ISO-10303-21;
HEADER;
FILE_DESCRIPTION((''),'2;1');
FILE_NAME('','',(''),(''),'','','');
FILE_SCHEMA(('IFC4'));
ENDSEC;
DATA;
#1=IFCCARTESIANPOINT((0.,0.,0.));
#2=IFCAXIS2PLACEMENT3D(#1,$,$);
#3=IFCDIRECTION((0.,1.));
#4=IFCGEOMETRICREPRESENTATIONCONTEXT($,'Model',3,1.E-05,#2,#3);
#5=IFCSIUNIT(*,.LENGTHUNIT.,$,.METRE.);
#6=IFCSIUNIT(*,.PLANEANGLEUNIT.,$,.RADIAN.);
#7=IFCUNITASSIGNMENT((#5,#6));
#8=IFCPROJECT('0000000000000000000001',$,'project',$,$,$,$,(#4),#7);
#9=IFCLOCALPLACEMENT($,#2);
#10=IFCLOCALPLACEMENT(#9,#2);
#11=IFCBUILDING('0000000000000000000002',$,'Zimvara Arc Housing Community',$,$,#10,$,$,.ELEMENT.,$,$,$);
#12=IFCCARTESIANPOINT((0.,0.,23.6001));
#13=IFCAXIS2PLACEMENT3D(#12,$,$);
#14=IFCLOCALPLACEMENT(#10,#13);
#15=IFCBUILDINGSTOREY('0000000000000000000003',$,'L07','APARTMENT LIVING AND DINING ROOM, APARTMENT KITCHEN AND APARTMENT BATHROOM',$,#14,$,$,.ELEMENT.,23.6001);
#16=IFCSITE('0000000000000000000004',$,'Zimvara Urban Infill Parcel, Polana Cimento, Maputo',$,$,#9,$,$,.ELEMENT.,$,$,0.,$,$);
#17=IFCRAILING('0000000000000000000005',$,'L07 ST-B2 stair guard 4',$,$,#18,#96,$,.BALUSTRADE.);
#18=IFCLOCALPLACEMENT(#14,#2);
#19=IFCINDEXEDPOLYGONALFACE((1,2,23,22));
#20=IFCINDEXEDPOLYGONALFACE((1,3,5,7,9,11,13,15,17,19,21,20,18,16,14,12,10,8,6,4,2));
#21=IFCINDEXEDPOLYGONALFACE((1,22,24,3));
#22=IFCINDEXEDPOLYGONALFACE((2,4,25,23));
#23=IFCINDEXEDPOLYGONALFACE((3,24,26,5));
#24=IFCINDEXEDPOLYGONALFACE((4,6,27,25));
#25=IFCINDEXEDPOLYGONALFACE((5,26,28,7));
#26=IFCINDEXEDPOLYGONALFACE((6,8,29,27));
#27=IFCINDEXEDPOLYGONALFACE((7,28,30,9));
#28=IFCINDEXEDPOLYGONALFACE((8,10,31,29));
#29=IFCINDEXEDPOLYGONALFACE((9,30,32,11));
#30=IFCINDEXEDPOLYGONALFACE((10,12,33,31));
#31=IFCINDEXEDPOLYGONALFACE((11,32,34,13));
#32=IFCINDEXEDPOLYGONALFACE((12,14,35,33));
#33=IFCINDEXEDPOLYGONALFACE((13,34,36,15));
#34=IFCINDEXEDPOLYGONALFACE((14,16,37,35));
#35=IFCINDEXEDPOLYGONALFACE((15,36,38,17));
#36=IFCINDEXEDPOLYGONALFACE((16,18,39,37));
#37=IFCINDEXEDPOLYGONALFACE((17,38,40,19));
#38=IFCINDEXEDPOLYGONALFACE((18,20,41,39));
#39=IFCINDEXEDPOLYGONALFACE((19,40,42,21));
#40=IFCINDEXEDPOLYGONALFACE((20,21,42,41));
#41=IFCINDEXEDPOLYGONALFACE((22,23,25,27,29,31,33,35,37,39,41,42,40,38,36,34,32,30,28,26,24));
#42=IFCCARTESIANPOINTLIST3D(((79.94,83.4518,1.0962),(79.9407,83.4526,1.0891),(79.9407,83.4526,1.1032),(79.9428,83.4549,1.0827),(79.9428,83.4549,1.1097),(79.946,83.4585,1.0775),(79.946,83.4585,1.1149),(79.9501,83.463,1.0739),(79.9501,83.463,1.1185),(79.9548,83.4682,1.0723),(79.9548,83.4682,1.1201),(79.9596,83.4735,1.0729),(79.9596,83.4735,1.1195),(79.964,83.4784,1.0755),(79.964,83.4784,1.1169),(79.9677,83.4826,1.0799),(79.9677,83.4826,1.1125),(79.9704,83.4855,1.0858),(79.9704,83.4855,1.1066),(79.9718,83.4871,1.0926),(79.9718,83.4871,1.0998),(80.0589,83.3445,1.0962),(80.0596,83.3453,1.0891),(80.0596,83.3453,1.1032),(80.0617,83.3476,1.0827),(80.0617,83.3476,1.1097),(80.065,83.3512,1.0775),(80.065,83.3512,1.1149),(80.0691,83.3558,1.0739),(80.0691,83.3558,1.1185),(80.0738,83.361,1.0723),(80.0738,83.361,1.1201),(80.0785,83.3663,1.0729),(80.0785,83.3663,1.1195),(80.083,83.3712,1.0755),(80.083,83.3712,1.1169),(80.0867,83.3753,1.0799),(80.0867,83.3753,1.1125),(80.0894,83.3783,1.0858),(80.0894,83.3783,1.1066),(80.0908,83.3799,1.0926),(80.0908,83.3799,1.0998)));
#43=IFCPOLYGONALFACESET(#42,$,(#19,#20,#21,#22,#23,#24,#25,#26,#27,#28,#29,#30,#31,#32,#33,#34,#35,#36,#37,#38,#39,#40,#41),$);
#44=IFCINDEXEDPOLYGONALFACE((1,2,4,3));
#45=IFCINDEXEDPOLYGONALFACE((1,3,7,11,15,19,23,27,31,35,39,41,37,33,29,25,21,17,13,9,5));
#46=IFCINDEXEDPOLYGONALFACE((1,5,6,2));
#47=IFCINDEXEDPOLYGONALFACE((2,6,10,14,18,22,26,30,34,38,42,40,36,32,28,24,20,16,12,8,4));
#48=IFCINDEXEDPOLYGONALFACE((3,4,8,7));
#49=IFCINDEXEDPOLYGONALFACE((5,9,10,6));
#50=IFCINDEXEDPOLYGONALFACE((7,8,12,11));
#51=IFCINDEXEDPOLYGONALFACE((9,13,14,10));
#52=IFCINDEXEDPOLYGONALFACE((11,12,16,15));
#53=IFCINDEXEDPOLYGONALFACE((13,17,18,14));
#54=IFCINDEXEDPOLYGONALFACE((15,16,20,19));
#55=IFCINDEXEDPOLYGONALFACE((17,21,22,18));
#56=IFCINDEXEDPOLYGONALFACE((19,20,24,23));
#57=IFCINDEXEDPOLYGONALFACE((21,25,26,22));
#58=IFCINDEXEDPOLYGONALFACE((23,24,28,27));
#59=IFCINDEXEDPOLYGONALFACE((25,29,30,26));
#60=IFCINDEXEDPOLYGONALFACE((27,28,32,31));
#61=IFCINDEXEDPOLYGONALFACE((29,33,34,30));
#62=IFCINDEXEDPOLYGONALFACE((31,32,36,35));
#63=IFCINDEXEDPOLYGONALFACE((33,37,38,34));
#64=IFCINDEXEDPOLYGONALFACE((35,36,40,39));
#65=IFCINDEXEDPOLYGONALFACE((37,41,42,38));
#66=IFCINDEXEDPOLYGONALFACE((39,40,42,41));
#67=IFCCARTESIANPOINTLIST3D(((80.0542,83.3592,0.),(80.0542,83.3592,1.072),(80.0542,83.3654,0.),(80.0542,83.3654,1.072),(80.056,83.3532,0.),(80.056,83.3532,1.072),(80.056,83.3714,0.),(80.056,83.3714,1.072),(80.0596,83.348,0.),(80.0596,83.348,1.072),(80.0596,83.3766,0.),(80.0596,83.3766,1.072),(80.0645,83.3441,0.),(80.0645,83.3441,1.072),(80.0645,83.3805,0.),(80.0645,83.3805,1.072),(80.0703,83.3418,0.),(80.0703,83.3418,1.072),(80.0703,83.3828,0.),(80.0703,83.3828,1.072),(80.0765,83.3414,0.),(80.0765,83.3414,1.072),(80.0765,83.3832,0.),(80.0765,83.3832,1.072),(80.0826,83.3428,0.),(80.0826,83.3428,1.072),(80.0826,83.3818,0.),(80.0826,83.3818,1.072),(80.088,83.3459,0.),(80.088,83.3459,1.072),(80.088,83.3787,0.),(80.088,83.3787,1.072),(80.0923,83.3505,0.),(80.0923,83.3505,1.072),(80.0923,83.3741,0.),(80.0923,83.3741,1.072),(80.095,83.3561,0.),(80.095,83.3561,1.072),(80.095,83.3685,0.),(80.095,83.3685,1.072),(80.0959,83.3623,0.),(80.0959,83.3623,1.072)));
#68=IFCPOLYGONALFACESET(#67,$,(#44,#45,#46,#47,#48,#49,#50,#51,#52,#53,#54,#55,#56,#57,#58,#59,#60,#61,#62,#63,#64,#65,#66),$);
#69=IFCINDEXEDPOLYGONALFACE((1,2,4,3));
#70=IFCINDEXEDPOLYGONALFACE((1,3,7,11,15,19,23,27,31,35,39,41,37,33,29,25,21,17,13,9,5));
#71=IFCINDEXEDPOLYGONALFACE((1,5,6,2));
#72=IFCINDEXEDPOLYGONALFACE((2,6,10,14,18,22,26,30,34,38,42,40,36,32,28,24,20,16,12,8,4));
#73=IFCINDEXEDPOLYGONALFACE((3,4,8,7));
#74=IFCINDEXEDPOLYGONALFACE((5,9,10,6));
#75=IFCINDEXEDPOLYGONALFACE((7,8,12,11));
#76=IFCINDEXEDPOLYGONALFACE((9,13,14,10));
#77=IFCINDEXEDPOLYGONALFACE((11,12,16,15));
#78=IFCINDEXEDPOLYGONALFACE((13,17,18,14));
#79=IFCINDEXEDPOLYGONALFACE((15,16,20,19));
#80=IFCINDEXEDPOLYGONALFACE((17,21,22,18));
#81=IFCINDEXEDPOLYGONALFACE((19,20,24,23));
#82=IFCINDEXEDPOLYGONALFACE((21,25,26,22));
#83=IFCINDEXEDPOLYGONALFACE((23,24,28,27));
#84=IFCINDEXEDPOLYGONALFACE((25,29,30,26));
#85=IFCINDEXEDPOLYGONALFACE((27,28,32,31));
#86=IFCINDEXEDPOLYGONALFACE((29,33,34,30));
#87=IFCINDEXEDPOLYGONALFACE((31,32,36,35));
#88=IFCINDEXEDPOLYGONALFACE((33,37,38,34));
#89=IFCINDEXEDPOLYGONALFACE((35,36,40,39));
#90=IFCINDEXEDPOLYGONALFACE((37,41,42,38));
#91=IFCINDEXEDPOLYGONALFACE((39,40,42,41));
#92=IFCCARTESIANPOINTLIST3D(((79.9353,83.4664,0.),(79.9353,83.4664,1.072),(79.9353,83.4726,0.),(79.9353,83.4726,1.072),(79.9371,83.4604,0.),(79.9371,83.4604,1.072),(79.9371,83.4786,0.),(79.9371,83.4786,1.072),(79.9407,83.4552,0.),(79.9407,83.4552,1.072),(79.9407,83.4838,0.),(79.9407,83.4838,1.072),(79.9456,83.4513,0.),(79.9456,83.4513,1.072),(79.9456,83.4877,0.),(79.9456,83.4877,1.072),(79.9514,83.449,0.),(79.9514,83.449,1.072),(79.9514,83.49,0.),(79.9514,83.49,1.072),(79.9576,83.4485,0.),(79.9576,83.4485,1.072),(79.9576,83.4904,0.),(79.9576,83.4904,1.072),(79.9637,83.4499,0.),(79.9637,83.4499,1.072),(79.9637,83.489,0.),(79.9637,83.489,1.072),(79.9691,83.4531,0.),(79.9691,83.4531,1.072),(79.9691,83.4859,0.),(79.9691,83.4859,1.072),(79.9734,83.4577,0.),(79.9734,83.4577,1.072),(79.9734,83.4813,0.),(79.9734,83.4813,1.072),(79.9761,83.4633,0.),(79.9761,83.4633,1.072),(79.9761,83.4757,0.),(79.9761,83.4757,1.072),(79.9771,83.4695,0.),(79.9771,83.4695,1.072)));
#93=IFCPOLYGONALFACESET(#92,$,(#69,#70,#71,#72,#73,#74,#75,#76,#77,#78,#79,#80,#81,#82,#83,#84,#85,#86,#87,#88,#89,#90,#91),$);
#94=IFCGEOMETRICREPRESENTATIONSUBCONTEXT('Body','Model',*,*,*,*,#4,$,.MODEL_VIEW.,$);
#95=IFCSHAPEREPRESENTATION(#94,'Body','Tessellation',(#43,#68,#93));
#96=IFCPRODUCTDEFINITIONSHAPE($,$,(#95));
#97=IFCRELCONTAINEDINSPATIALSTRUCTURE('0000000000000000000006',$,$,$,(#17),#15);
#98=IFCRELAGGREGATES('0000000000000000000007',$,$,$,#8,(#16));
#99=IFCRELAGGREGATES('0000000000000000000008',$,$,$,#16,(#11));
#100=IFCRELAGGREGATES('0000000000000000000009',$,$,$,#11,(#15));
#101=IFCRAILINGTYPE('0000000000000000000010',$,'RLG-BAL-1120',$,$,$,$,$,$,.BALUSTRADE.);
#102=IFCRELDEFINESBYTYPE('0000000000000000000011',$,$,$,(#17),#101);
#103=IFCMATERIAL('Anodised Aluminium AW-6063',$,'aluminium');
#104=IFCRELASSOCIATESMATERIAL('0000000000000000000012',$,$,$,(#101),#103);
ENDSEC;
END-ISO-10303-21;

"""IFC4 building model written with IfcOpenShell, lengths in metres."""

from ifc_helpers import new_model, si_unit, direction, frame, origin, origin_2d, place, context, subcontext, project, spatial, circle, extrude, material, type_object, element, save


model = new_model("IFC4")

# Units and contexts
model_context = context("Model", 3, precision=1e-05, world=origin(), true_north=direction((0.0, 1.0)))
body_context = subcontext(model_context, "Body", "Model", "MODEL_VIEW")
ifc_project = project(units=[si_unit("LENGTHUNIT", "METRE"), si_unit("PLANEANGLEUNIT", "RADIAN")], contexts=[model_context])

# Site, building, storey
site_placement = place(None, origin())
site = spatial("IfcSite", under=ifc_project, at=site_placement, Name="Zimvara Urban Infill Parcel, Polana Cimento, Maputo", CompositionType="ELEMENT", RefElevation=0.0)
building_placement = place(site_placement, origin())
building = spatial("IfcBuilding", under=site, at=building_placement, Name="Zimvara Arc Housing Community", CompositionType="ELEMENT")
storey_placement = place(building_placement, frame((0.0, 0.0, 23.6001)))
storey = spatial("IfcBuildingStorey", under=building, at=storey_placement, Name="L07", Description="APARTMENT LIVING AND DINING ROOM, APARTMENT KITCHEN AND APARTMENT BATHROOM", CompositionType="ELEMENT", Elevation=23.6001)

# Railing
ifc_material_1 = material(Name="Anodised Aluminium AW-6063", Category="aluminium")
railing_type_1 = type_object("IfcRailingType", Name="RLG-BAL-1120", PredefinedType="BALUSTRADE", material=ifc_material_1)
railing_1_placement = place(storey_placement, frame((80.075, 83.3623, 0.0)))
element("IfcRailing", 1, at=railing_1_placement, inside=storey, type_object=railing_type_1, Name="L07 ST-B2 stair guard 4", PredefinedType="BALUSTRADE", context=body_context, shape_type="SweptSolid", body=[
    extrude(circle(Radius=0.0239, at=origin_2d()), frame((0.0, 0.0, 1.0962), z_axis=(-0.742763, 0.669554, 0.0), x_axis=(-0.669554, -0.742763, 0.0)), (0.0, 0.0, 1.0), 0.1602),
    extrude(circle(Radius=0.021, at=origin_2d()), origin(), (0.0, 0.0, 1.0), 1.072),
    extrude(circle(Radius=0.021, at=origin_2d()), frame((-0.1189, 0.1072, 0.0)), (0.0, 0.0, 1.0), 1.072),
])

save(model, "model.ifc")
